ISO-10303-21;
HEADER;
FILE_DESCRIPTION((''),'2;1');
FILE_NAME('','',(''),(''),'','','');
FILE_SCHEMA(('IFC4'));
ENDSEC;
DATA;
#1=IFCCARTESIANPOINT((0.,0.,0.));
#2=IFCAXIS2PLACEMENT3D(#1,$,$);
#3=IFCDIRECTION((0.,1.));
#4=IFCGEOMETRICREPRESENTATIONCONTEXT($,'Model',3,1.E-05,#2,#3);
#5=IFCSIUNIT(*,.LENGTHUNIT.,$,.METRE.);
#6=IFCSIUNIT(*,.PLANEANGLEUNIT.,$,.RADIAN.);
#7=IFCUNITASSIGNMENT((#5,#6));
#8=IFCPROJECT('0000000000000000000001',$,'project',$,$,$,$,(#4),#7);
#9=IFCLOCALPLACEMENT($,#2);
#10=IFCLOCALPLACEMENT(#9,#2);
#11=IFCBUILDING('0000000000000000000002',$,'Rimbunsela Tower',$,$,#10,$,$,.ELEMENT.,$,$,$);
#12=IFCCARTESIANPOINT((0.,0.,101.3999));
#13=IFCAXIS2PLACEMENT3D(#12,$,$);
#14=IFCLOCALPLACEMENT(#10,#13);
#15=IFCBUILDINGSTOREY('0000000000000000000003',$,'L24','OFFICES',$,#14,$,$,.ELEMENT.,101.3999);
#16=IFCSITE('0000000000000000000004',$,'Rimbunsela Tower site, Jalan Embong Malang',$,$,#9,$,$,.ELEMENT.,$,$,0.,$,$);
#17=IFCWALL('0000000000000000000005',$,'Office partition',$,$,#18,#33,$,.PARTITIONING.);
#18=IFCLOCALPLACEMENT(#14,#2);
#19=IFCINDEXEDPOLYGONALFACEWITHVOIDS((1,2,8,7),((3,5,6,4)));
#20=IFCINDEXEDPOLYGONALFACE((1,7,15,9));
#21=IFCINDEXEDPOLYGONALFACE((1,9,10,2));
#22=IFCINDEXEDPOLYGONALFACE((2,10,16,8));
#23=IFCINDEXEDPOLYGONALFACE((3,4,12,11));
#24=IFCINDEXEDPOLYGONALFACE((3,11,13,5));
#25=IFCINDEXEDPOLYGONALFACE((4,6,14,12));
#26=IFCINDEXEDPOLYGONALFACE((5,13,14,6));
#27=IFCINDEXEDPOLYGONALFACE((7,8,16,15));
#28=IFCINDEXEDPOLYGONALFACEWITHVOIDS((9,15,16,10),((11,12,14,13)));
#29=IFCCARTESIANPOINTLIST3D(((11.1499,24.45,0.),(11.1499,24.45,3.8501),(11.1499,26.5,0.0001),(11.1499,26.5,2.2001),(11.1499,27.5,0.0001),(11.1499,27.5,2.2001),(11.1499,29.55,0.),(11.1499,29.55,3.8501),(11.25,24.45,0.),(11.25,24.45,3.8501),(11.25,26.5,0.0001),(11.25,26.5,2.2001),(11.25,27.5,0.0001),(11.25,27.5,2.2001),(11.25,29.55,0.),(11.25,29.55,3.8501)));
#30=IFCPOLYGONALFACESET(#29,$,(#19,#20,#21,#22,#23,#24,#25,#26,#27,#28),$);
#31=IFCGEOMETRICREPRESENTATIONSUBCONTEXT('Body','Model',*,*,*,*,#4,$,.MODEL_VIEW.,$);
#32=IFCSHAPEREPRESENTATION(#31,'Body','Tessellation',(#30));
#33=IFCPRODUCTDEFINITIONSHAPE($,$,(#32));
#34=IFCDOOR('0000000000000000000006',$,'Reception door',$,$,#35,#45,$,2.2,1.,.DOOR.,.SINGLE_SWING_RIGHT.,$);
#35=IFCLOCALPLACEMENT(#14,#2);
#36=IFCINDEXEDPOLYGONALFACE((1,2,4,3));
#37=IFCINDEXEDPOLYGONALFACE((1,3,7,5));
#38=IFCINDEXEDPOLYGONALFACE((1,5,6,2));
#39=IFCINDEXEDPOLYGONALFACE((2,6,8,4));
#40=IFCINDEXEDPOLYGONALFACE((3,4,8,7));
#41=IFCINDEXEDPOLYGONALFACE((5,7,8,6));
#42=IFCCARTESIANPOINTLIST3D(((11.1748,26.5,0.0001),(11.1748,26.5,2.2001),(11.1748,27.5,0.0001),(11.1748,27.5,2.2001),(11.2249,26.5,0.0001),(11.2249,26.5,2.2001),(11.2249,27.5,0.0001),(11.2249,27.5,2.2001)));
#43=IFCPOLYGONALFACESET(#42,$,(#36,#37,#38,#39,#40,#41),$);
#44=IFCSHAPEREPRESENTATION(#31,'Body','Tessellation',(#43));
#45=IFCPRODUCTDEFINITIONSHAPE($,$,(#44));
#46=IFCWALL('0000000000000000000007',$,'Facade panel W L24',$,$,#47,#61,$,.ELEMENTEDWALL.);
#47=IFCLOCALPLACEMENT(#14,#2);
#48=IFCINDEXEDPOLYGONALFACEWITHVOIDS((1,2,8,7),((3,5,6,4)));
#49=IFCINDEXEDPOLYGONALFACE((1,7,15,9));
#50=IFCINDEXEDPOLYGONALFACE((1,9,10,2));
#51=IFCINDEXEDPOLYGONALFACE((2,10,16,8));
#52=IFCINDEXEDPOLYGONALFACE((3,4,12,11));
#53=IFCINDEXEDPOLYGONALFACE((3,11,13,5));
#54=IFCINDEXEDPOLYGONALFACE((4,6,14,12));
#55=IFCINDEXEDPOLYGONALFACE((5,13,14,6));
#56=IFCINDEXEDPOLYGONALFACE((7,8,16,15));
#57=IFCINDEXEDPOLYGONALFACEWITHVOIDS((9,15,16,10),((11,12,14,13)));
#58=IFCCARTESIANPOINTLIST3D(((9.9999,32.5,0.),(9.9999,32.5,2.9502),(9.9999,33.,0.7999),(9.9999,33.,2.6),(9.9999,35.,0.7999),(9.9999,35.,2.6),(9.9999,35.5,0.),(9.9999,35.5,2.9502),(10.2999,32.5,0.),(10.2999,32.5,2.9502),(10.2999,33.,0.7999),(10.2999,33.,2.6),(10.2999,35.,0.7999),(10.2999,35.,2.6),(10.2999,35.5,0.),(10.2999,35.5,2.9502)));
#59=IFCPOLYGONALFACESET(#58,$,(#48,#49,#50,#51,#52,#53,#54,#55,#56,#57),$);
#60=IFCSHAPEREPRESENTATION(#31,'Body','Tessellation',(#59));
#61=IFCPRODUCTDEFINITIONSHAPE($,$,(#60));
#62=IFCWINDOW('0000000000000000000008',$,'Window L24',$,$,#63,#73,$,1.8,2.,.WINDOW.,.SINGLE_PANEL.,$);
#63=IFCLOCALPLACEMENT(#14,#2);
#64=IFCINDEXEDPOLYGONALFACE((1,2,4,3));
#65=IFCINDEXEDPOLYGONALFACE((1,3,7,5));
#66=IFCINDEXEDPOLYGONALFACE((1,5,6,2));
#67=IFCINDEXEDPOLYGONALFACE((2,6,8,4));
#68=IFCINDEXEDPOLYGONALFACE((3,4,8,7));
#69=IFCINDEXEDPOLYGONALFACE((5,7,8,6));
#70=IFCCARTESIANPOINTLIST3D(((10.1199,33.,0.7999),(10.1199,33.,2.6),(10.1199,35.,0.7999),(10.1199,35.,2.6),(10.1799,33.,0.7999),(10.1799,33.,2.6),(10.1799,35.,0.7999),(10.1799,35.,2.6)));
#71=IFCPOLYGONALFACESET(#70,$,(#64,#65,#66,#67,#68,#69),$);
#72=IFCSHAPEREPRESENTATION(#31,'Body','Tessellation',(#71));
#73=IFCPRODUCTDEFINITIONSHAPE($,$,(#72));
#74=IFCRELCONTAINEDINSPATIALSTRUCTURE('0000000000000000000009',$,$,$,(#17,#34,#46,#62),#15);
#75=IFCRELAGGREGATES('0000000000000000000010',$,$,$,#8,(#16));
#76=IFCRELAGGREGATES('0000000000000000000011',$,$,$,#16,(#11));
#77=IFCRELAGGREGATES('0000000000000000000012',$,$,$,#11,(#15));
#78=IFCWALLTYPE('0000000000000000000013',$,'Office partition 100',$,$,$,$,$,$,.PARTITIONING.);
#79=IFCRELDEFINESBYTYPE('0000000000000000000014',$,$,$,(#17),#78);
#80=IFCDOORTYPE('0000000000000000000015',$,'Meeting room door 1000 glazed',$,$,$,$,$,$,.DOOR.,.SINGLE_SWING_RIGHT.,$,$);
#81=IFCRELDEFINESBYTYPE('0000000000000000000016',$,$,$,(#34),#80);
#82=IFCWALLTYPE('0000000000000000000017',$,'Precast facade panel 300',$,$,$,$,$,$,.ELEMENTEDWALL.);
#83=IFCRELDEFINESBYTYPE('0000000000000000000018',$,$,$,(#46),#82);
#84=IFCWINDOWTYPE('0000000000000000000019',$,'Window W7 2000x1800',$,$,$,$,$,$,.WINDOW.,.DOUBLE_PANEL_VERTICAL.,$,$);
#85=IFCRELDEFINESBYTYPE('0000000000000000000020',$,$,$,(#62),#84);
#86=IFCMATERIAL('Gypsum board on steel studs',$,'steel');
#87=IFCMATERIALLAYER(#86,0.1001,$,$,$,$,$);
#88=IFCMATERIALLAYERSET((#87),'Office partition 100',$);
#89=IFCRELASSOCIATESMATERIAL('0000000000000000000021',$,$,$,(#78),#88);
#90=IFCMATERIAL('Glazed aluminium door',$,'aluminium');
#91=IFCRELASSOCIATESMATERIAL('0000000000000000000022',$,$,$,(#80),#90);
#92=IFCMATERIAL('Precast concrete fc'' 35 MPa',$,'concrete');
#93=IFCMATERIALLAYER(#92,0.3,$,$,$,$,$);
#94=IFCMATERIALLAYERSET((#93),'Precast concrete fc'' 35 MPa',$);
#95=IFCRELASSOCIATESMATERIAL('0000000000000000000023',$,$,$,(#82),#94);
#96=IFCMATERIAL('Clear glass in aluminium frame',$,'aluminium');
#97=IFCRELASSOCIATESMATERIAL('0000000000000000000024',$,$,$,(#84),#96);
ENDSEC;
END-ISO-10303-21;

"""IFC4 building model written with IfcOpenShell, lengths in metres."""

from ifc_helpers import new_model, si_unit, direction, frame, frame_2d, origin, place, context, subcontext, project, spatial, rectangle, extrude, material, layer, layer_set, type_object, element, fill, save


model = new_model("IFC4")

# Units and contexts
model_context = context("Model", 3, precision=1e-05, world=origin(), true_north=direction((0.0, 1.0)))
body_context = subcontext(model_context, "Body", "Model", "MODEL_VIEW")
ifc_project = project(units=[si_unit("LENGTHUNIT", "METRE"), si_unit("PLANEANGLEUNIT", "RADIAN")], contexts=[model_context])

# Site, building, storey
site_placement = place(None, origin())
site = spatial("IfcSite", under=ifc_project, at=site_placement, Name="Rimbunsela Tower site, Jalan Embong Malang", CompositionType="ELEMENT", RefElevation=0.0)
building_placement = place(site_placement, origin())
building = spatial("IfcBuilding", under=site, at=building_placement, Name="Rimbunsela Tower", CompositionType="ELEMENT")
storey_placement = place(building_placement, frame((0.0, 0.0, 101.3999)))
storey = spatial("IfcBuildingStorey", under=building, at=storey_placement, Name="L24", Description="OFFICES", CompositionType="ELEMENT", Elevation=101.3999)

# Shared definitions
ifc_material_1 = material(Name="Gypsum board on steel studs", Category="steel")
ifc_layer_1 = layer(ifc_material_1, 0.1001)
ifc_layer_set_1 = layer_set([ifc_layer_1], Name="Office partition 100")
wall_type_1 = type_object("IfcWallType", Name="Office partition 100", PredefinedType="PARTITIONING", material=ifc_layer_set_1)

# Wall, opening, door
wall_1_placement = place(storey_placement, frame((11.2, 29.55, 0.0), z_axis=(0.0, 0.0, 1.0), x_axis=(0.0, -1.0, 0.0)))
wall_1 = element("IfcWall", 1, at=wall_1_placement, inside=storey, type_object=wall_type_1, Name="Office partition", PredefinedType="PARTITIONING", context=body_context, shape_type="SweptSolid", body=[
    extrude(rectangle(XDim=5.1001, YDim=0.1001, at=frame_2d((2.55, 0.0))), origin(), (0.0, 0.0, 1.0), 3.8501),
])
opening_1_placement = place(wall_1_placement, frame((2.05, 0.0, 0.0)))
opening_1 = element("IfcOpeningElement", 2, at=opening_1_placement, cuts=wall_1, PredefinedType="OPENING", context=body_context, shape_type="SweptSolid", body=[
    extrude(rectangle(XDim=1.0, YDim=2.2, at=frame_2d((0.5, 1.1001))), frame((0.0, 0.0601, 0.0), z_axis=(0.0, -1.0, 0.0), x_axis=(1.0, 0.0, 0.0)), (0.0, 0.0, 1.0), 0.1201),
])
ifc_material_2 = material(Name="Glazed aluminium door", Category="aluminium")
door_type_1 = type_object("IfcDoorType", Name="Meeting room door 1000 glazed", OperationType="SINGLE_SWING_RIGHT", PredefinedType="DOOR", material=ifc_material_2)
door_1_placement = place(opening_1_placement, origin())
door_1 = element("IfcDoor", 3, at=door_1_placement, inside=storey, type_object=door_type_1, Name="Reception door", OperationType="SINGLE_SWING_RIGHT", OverallHeight=2.2, OverallWidth=1.0, PredefinedType="DOOR", context=body_context, shape_type="SweptSolid", body=[
    extrude(rectangle(XDim=1.0, YDim=2.2, at=frame_2d((0.5, 1.1001))), frame((0.0, 0.0249, 0.0), z_axis=(0.0, -1.0, 0.0), x_axis=(1.0, 0.0, 0.0)), (0.0, 0.0, 1.0), 0.05),
])
fill(opening_1, door_1)

# Wall, opening, window
ifc_material_3 = material(Name="Precast concrete fc' 35 MPa", Category="concrete")
ifc_layer_2 = layer(ifc_material_3, 0.3)
ifc_layer_set_2 = layer_set([ifc_layer_2], Name="Precast concrete fc' 35 MPa")
wall_type_2 = type_object("IfcWallType", Name="Precast facade panel 300", PredefinedType="ELEMENTEDWALL", material=ifc_layer_set_2)
wall_2_placement = place(storey_placement, frame((10.1499, 35.5, 0.0), z_axis=(0.0, 0.0, 1.0), x_axis=(0.0, -1.0, 0.0)))
wall_2 = element("IfcWall", 4, at=wall_2_placement, inside=storey, type_object=wall_type_2, Name="Facade panel W L24", PredefinedType="ELEMENTEDWALL", context=body_context, shape_type="SweptSolid", body=[
    extrude(rectangle(XDim=3.0, YDim=0.3, at=frame_2d((1.5, 0.0))), origin(), (0.0, 0.0, 1.0), 2.9502),
])
opening_2_placement = place(wall_2_placement, frame((0.5, 0.0, 0.8)))
opening_2 = element("IfcOpeningElement", 5, at=opening_2_placement, cuts=wall_2, PredefinedType="OPENING", context=body_context, shape_type="SweptSolid", body=[
    extrude(rectangle(XDim=2.0, YDim=1.8, at=frame_2d((1.0, 0.8999))), frame((0.0, 0.1599, 0.0), z_axis=(0.0, -1.0, 0.0), x_axis=(1.0, 0.0, 0.0)), (0.0, 0.0, 1.0), 0.3201),
])
ifc_material_4 = material(Name="Clear glass in aluminium frame", Category="aluminium")
window_type = type_object("IfcWindowType", Name="Window W7 2000x1800", PartitioningType="DOUBLE_PANEL_VERTICAL", PredefinedType="WINDOW", material=ifc_material_4)
window_placement = place(opening_2_placement, origin())
window = element("IfcWindow", 6, at=window_placement, inside=storey, type_object=window_type, Name="Window L24", OverallHeight=1.8, OverallWidth=2.0, PartitioningType="SINGLE_PANEL", PredefinedType="WINDOW", context=body_context, shape_type="SweptSolid", body=[
    extrude(rectangle(XDim=2.0, YDim=1.8, at=frame_2d((1.0, 0.8999))), frame((0.0, 0.03, 0.0), z_axis=(0.0, -1.0, 0.0), x_axis=(1.0, 0.0, 0.0)), (0.0, 0.0, 1.0), 0.0601),
])
fill(opening_2, window)

save(model, "model.ifc")
